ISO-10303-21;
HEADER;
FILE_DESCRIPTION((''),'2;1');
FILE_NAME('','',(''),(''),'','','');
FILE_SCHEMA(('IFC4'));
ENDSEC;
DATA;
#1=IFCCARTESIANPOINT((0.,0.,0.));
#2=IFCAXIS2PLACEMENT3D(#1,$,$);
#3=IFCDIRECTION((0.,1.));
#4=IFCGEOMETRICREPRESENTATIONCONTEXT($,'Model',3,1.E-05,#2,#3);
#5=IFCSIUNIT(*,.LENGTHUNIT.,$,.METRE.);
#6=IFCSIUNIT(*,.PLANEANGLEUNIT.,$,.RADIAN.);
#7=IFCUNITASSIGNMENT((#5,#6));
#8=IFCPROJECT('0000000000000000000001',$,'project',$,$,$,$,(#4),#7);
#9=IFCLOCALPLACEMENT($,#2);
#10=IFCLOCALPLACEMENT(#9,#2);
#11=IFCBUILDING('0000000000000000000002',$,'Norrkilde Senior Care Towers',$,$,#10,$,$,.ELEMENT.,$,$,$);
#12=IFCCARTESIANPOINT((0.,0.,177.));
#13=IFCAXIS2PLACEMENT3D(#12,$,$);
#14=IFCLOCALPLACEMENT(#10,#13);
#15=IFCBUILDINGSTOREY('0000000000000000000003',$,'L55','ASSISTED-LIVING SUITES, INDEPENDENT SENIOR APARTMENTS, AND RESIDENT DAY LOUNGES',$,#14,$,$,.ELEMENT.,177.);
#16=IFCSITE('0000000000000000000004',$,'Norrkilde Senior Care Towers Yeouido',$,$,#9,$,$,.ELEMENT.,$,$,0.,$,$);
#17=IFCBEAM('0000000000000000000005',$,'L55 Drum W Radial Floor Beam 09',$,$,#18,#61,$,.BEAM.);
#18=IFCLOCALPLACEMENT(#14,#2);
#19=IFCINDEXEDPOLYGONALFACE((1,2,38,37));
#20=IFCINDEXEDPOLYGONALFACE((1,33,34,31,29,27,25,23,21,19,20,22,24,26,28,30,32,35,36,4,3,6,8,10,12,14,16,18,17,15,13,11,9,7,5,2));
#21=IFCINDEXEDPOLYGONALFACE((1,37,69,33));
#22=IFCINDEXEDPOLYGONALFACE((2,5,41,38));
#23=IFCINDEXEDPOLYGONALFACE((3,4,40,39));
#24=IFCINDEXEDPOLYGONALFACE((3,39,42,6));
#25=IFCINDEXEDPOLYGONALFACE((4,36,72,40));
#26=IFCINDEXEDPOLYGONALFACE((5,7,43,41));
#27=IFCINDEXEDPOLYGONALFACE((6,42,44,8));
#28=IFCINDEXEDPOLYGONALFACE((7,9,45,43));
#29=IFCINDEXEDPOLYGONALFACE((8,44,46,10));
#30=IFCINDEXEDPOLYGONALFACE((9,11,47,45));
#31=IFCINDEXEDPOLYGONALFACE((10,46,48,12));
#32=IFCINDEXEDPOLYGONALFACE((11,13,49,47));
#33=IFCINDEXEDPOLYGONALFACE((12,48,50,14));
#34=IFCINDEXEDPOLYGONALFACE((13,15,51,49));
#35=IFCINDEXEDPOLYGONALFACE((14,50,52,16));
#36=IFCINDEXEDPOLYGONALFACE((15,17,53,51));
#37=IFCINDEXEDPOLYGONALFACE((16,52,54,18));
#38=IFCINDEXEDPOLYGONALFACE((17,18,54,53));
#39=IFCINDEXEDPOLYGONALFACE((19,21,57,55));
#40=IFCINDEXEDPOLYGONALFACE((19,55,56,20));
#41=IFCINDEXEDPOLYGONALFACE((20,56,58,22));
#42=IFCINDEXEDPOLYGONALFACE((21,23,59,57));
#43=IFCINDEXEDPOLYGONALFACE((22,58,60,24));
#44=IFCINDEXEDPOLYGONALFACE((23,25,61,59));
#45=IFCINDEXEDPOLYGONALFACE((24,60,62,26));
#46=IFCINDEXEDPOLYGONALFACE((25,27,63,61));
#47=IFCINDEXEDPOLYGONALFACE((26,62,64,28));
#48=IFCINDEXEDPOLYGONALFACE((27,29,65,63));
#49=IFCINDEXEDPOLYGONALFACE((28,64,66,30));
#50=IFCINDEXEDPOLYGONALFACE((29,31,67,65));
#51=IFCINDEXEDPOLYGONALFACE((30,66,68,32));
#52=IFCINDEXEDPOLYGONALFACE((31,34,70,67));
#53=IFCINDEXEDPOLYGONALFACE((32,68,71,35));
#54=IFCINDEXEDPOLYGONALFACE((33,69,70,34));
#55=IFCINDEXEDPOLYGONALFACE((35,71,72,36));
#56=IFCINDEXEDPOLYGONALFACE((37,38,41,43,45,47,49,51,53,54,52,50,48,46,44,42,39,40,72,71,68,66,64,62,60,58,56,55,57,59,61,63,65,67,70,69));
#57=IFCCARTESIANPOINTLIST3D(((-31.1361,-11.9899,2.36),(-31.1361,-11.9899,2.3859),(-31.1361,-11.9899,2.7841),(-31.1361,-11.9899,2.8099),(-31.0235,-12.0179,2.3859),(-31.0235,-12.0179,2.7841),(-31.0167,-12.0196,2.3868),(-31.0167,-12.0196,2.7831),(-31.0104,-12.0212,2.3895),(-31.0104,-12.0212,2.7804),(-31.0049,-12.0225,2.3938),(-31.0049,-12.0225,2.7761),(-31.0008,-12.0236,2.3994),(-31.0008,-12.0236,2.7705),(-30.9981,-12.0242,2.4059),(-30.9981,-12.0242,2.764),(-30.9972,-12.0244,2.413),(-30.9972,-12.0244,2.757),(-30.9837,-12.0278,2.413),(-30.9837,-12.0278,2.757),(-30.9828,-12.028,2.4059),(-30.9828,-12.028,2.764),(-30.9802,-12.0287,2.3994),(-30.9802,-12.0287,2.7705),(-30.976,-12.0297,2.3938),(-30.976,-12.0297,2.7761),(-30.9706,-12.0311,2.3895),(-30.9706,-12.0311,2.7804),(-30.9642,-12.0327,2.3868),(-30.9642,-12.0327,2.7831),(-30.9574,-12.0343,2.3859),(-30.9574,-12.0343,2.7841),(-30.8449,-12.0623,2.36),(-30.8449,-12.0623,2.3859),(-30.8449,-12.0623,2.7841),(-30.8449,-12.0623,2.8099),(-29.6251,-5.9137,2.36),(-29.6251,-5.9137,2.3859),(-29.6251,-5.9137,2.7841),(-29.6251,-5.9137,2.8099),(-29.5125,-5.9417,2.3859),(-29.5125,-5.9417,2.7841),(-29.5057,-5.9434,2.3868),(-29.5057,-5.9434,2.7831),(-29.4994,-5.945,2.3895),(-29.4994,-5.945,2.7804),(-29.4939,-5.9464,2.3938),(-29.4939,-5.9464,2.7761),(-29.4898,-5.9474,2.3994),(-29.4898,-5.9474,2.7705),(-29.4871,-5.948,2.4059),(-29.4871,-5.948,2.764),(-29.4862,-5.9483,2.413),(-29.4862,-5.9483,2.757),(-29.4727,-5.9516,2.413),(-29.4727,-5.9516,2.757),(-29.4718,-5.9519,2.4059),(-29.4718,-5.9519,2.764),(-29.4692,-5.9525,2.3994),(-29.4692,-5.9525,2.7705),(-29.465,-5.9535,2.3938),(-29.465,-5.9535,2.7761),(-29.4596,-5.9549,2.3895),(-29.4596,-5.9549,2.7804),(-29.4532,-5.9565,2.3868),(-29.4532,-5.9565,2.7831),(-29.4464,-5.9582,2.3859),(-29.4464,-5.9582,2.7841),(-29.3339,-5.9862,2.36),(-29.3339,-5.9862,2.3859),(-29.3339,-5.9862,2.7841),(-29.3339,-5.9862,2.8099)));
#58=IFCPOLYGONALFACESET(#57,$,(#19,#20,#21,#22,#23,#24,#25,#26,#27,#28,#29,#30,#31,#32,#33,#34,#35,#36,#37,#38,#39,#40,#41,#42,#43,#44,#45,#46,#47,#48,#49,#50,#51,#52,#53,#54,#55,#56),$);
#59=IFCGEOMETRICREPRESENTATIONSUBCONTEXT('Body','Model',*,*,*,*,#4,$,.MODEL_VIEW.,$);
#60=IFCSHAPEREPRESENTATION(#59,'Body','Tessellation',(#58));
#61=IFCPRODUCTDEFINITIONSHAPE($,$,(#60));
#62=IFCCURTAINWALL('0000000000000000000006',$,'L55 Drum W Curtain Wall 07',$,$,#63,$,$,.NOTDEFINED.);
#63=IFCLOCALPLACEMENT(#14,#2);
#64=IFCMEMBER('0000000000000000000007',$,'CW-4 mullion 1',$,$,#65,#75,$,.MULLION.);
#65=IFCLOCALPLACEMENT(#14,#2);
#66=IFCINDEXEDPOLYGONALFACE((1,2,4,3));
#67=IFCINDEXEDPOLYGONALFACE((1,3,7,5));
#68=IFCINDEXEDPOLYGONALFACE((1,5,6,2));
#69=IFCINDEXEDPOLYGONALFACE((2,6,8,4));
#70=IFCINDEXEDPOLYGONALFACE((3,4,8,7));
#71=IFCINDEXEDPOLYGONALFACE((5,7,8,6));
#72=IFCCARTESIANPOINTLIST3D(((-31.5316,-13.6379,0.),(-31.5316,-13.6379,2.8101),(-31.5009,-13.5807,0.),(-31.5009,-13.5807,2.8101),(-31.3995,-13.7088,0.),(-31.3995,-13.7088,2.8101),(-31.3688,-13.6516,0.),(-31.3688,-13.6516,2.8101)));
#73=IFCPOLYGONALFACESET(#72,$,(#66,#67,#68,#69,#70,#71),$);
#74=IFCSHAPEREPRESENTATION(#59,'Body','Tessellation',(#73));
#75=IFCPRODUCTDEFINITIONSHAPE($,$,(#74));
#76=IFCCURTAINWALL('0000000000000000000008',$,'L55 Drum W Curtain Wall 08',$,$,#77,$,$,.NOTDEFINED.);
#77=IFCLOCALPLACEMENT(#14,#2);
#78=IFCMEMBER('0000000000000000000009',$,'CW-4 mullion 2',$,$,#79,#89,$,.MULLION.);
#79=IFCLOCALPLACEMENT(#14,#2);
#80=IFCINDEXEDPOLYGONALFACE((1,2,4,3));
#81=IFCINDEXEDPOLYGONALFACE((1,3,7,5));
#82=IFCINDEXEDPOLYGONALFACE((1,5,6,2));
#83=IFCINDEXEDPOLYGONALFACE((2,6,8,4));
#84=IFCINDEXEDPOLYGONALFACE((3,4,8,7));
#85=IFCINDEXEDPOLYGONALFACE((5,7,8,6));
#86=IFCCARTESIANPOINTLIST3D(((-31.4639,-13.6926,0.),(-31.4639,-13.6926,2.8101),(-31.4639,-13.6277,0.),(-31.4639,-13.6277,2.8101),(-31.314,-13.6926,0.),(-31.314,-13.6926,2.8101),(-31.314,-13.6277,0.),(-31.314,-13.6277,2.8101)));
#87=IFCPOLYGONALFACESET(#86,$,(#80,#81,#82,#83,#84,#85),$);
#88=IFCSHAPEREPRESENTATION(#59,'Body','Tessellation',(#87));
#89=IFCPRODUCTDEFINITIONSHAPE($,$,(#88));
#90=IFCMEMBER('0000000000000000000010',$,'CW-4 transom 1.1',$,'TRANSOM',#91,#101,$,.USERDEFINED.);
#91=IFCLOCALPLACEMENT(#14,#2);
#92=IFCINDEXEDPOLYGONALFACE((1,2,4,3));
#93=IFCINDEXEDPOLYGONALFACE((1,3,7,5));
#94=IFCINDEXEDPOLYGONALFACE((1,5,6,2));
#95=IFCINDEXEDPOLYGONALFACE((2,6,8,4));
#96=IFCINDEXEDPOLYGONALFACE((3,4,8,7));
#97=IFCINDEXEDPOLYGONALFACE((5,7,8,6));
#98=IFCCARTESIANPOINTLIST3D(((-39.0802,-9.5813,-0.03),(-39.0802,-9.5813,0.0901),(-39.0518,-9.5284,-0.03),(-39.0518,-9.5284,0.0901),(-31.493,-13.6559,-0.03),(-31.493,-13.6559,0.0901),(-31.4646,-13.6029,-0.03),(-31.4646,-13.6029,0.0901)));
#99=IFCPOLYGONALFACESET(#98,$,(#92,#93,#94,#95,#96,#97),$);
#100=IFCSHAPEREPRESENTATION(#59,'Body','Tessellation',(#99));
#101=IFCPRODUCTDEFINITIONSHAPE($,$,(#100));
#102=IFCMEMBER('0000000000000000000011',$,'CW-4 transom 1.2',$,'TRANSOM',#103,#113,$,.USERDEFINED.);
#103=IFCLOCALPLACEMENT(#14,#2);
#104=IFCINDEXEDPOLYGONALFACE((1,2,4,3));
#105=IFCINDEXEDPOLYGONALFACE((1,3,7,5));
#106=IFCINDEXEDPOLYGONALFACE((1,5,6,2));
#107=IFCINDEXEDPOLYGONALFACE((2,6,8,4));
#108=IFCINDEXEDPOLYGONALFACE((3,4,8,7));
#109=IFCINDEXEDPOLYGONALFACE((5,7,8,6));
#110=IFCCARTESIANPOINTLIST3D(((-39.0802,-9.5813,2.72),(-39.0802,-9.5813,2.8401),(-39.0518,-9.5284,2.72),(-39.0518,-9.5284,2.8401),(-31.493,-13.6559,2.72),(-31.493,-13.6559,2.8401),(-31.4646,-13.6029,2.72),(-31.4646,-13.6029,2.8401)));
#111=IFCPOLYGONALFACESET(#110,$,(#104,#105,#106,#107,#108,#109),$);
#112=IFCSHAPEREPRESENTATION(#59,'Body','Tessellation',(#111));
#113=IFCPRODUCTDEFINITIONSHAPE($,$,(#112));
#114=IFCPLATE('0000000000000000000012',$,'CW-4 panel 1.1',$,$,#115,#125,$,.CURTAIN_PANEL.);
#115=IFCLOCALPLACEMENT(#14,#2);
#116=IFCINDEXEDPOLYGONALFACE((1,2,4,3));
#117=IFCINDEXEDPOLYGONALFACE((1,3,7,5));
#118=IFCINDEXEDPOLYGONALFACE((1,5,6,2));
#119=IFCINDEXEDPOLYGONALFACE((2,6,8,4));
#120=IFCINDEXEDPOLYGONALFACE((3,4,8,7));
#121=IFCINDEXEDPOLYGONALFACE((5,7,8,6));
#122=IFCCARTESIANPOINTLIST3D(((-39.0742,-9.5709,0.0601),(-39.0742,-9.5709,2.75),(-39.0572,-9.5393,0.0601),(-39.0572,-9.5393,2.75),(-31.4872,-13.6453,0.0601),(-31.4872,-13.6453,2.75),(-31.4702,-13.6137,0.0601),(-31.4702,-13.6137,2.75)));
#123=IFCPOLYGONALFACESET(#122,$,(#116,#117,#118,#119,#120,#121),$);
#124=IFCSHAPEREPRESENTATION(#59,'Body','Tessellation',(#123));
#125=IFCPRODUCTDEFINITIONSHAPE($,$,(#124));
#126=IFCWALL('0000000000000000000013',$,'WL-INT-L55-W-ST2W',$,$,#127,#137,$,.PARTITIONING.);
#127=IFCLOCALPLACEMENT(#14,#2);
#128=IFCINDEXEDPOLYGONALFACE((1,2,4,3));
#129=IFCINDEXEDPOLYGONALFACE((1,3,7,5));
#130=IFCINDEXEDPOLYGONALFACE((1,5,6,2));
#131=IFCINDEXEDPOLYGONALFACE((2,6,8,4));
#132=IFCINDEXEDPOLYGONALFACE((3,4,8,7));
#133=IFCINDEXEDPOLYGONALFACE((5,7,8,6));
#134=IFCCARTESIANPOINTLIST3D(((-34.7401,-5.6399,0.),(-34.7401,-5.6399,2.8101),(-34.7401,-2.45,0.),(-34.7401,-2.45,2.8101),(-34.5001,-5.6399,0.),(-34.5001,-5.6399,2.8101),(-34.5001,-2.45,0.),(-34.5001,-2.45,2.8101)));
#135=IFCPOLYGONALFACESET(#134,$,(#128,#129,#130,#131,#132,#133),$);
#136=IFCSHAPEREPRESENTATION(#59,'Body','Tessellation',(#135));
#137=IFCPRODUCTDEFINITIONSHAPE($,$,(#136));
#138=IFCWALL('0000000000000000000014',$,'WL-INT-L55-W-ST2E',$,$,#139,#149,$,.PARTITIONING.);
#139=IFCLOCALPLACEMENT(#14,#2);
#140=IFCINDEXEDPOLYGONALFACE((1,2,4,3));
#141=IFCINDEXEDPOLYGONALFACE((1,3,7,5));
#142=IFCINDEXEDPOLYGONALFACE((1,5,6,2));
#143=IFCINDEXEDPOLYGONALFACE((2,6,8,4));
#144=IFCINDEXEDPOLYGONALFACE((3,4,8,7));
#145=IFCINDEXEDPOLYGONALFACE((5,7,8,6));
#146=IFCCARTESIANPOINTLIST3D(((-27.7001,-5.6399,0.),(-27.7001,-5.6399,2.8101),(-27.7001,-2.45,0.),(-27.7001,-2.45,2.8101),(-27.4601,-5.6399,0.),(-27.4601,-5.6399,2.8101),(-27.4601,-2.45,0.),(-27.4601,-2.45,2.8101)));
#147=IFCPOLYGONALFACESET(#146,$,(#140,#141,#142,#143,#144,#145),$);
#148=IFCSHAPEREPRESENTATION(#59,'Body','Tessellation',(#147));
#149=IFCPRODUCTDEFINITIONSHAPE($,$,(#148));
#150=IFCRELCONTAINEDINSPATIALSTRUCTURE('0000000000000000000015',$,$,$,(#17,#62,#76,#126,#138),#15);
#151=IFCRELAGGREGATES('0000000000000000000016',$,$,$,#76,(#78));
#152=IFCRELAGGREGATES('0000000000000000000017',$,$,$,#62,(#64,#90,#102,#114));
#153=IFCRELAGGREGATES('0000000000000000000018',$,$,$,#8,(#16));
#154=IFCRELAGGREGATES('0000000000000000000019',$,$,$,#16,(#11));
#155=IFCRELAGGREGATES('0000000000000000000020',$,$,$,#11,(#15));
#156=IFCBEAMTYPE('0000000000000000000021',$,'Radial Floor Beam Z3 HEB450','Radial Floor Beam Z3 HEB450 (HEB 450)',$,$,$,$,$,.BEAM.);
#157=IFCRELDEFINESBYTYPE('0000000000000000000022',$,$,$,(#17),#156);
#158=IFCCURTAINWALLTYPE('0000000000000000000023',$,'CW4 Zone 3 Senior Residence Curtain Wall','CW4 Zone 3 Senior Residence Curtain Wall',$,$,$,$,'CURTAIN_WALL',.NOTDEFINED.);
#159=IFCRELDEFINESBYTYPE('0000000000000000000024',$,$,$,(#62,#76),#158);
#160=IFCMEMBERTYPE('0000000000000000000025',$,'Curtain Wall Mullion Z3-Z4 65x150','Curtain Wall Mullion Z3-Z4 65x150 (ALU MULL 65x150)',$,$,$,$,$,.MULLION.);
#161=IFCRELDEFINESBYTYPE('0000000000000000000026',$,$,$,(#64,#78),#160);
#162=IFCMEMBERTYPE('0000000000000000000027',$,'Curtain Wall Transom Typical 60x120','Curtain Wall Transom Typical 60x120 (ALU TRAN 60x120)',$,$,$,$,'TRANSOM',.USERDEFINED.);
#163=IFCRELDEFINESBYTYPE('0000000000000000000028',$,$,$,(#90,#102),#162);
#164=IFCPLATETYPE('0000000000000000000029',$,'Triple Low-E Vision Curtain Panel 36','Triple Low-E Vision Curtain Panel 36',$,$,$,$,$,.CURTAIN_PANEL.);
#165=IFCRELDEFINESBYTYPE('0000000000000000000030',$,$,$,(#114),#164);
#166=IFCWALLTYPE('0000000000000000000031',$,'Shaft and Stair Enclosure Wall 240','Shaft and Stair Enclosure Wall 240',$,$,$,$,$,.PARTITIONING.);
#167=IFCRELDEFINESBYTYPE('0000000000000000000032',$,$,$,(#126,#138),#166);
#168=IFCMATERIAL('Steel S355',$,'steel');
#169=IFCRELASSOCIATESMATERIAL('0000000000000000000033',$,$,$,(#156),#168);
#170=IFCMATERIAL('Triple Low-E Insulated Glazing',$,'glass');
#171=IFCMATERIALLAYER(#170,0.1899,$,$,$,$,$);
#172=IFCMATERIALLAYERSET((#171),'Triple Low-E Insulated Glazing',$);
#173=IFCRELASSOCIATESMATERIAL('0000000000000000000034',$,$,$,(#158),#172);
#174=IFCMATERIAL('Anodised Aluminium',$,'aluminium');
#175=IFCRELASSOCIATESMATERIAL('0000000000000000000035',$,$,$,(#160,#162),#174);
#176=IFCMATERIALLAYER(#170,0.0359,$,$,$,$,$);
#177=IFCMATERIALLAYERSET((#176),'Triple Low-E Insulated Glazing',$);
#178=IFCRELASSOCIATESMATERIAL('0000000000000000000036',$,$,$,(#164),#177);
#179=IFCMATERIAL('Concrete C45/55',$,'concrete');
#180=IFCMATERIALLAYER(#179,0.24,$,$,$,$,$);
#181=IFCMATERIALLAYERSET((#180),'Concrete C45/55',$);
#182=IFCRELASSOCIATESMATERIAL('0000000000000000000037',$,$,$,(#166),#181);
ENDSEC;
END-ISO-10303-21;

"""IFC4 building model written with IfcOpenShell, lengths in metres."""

from ifc_helpers import new_model, si_unit, direction, frame, frame_2d, origin, origin_2d, place, context, subcontext, project, spatial, rectangle, i_section, extrude, source, transform, mapped, material, layer, layer_set, material_profile, profile_set, type_object, type_shapes, element, aggregate, save


model = new_model("IFC4")

# Units and contexts
model_context = context("Model", 3, precision=1e-05, world=origin(), true_north=direction((0.0, 1.0)))
body_context = subcontext(model_context, "Body", "Model", "MODEL_VIEW")
ifc_project = project(units=[si_unit("LENGTHUNIT", "METRE"), si_unit("PLANEANGLEUNIT", "RADIAN")], contexts=[model_context])

# Site, building, storey
site_placement = place(None, origin())
site = spatial("IfcSite", under=ifc_project, at=site_placement, Name="Norrkilde Senior Care Towers Yeouido", CompositionType="ELEMENT", RefElevation=0.0)
building_placement = place(site_placement, origin())
building = spatial("IfcBuilding", under=site, at=building_placement, Name="Norrkilde Senior Care Towers", CompositionType="ELEMENT")
storey_placement = place(building_placement, frame((0.0, 0.0, 177.0)))
storey = spatial("IfcBuildingStorey", under=building, at=storey_placement, Name="L55", Description="ASSISTED-LIVING SUITES, INDEPENDENT SENIOR APARTMENTS, AND RESIDENT DAY LOUNGES", CompositionType="ELEMENT", Elevation=177.0)

# Beam
ifc_material_1 = material(Name="Steel S355", Category="steel")
ifc_material_profile_1 = material_profile(ifc_material_1, i_section(OverallWidth=0.3, OverallDepth=0.45, WebThickness=0.0139, FlangeThickness=0.0259, FilletRadius=0.0271, at=origin_2d()), Name="HEB 450")
ifc_profile_set_1 = profile_set([ifc_material_profile_1], Name="Steel S355")
beam_type_1 = type_object("IfcBeamType", Name="Radial Floor Beam Z3 HEB450", Description="Radial Floor Beam Z3 HEB450 (HEB 450)", PredefinedType="BEAM", material=ifc_profile_set_1)
shared_shape_1 = source(origin(), body_context, "Body", "SweptSolid", [
    extrude(i_section(OverallWidth=0.3, OverallDepth=0.45, WebThickness=0.0139, FlangeThickness=0.0259, FilletRadius=0.0271, at=origin_2d()), origin(), (0.0, 0.0, 1.0), 6.2612),
])
beam_1_placement = place(storey_placement, frame((-29.4795, -5.95, 2.585), z_axis=(-0.241324, -0.970445, 0.0), x_axis=(0.970445, -0.241324, 0.0)))
element("IfcBeam", 1, at=beam_1_placement, inside=storey, type_object=beam_type_1, Name="L55 Drum W Radial Floor Beam 09", PredefinedType="BEAM", context=body_context, shape_type="MappedRepresentation", body=[
    mapped(shared_shape_1, transform((0.0, 0.0, 0.0), x_axis=(1.0, 0.0, 0.0), y_axis=(0.0, 1.0, 0.0), z_axis=(0.0, 0.0, 1.0), scale=1.0)),
])

# Curtain walls, members
ifc_material_2 = material(Name="Triple Low-E Insulated Glazing", Category="glass")
ifc_layer_1 = layer(ifc_material_2, 0.1899)
ifc_layer_set_1 = layer_set([ifc_layer_1], Name="Triple Low-E Insulated Glazing")
curtain_wall_type = type_object("IfcCurtainWallType", Name="CW4 Zone 3 Senior Residence Curtain Wall", Description="CW4 Zone 3 Senior Residence Curtain Wall", ElementType="CURTAIN_WALL", PredefinedType="NOTDEFINED", material=ifc_layer_set_1)
curtain_wall_1_placement = place(storey_placement, origin())
curtain_wall_1 = element("IfcCurtainWall", 2, at=curtain_wall_1_placement, inside=storey, type_object=curtain_wall_type, Name="L55 Drum W Curtain Wall 07", PredefinedType="NOTDEFINED")
ifc_material_3 = material(Name="Anodised Aluminium", Category="aluminium")
ifc_material_profile_2 = material_profile(ifc_material_3, rectangle(XDim=0.0649, YDim=0.1499, at=origin_2d()), Name="ALU MULL 65x150")
ifc_profile_set_2 = profile_set([ifc_material_profile_2], Name="Anodised Aluminium")
member_type_1 = type_object("IfcMemberType", Name="Curtain Wall Mullion Z3-Z4 65x150", Description="Curtain Wall Mullion Z3-Z4 65x150 (ALU MULL 65x150)", PredefinedType="MULLION", material=ifc_profile_set_2)
shared_shape_2 = source(origin(), body_context, "Body", "SweptSolid", [
    extrude(rectangle(XDim=0.0649, YDim=0.1499, at=origin_2d()), origin(), (0.0, 0.0, 1.0), 2.8101),
])
type_shapes(member_type_1, [shared_shape_2])
member_1_placement = place(storey_placement, frame((-31.4502, -13.6448, 0.0), z_axis=(0.0, 0.0, 1.0), x_axis=(-0.473117, -0.881, 0.0)))
member_1 = element("IfcMember", 3, at=member_1_placement, type_object=member_type_1, Name="CW-4 mullion 1", PredefinedType="MULLION", context=body_context, shape_type="MappedRepresentation", body=[
    mapped(shared_shape_2, transform((0.0, 0.0, 0.0), x_axis=(1.0, 0.0, 0.0), y_axis=(0.0, 1.0, 0.0), z_axis=(0.0, 0.0, 1.0), scale=1.0)),
])
curtain_wall_2_placement = place(storey_placement, origin())
curtain_wall_2 = element("IfcCurtainWall", 4, at=curtain_wall_2_placement, inside=storey, type_object=curtain_wall_type, Name="L55 Drum W Curtain Wall 08", PredefinedType="NOTDEFINED")
member_2_placement = place(storey_placement, frame((-31.3889, -13.6602, 0.0), z_axis=(0.0, 0.0, 1.0), x_axis=(0.0, -1.0, 0.0)))
member_2 = element("IfcMember", 5, at=member_2_placement, type_object=member_type_1, Name="CW-4 mullion 2", PredefinedType="MULLION", context=body_context, shape_type="MappedRepresentation", body=[
    mapped(shared_shape_2, transform((0.0, 0.0, 0.0), x_axis=(1.0, 0.0, 0.0), y_axis=(0.0, 1.0, 0.0), z_axis=(0.0, 0.0, 1.0), scale=1.0)),
])
aggregate(curtain_wall_2, [member_2])

# Members
ifc_material_profile_3 = material_profile(ifc_material_3, rectangle(XDim=0.0601, YDim=0.1201, at=origin_2d()), Name="ALU TRAN 60x120")
ifc_profile_set_3 = profile_set([ifc_material_profile_3], Name="Anodised Aluminium")
member_type_2 = type_object("IfcMemberType", Name="Curtain Wall Transom Typical 60x120", Description="Curtain Wall Transom Typical 60x120 (ALU TRAN 60x120)", ElementType="TRANSOM", PredefinedType="USERDEFINED", material=ifc_profile_set_3)
shared_shape_3 = source(origin(), body_context, "Body", "SweptSolid", [
    extrude(rectangle(XDim=0.0601, YDim=0.1201, at=origin_2d()), origin(), (0.0, 0.0, 1.0), 8.6121),
])
type_shapes(member_type_2, [shared_shape_3])
member_3_placement = place(storey_placement, frame((-31.4788, -13.6294, 0.03), z_axis=(-0.881, 0.473116, 0.0), x_axis=(-0.473116, -0.881, 0.0)))
member_3 = element("IfcMember", 6, at=member_3_placement, type_object=member_type_2, Name="CW-4 transom 1.1", ObjectType="TRANSOM", PredefinedType="USERDEFINED", context=body_context, shape_type="MappedRepresentation", body=[
    mapped(shared_shape_3, transform((0.0, 0.0, 0.0), x_axis=(1.0, 0.0, 0.0), y_axis=(0.0, 1.0, 0.0), z_axis=(0.0, 0.0, 1.0), scale=1.0)),
])
member_4_placement = place(storey_placement, frame((-31.4788, -13.6294, 2.78), z_axis=(-0.881, 0.473116, 0.0), x_axis=(-0.473116, -0.881, 0.0)))
member_4 = element("IfcMember", 7, at=member_4_placement, type_object=member_type_2, Name="CW-4 transom 1.2", ObjectType="TRANSOM", PredefinedType="USERDEFINED", context=body_context, shape_type="MappedRepresentation", body=[
    mapped(shared_shape_3, transform((0.0, 0.0, 0.0), x_axis=(1.0, 0.0, 0.0), y_axis=(0.0, 1.0, 0.0), z_axis=(0.0, 0.0, 1.0), scale=1.0)),
])

# Plate
ifc_layer_2 = layer(ifc_material_2, 0.0359)
ifc_layer_set_2 = layer_set([ifc_layer_2], Name="Triple Low-E Insulated Glazing")
plate_type = type_object("IfcPlateType", Name="Triple Low-E Vision Curtain Panel 36", Description="Triple Low-E Vision Curtain Panel 36", PredefinedType="CURTAIN_PANEL", material=ifc_layer_set_2)
shared_shape_4 = source(origin(), body_context, "Body", "SweptSolid", [
    extrude(rectangle(XDim=8.6118, YDim=0.0359, at=origin_2d()), origin(), (0.0, 0.0, 1.0), 2.6899),
])
type_shapes(plate_type, [shared_shape_4])
plate_placement = place(storey_placement, frame((-35.2722, -11.5923, 0.0601), z_axis=(0.0, 0.0, 1.0), x_axis=(-0.881, 0.473117, 0.0)))
plate = element("IfcPlate", 8, at=plate_placement, type_object=plate_type, Name="CW-4 panel 1.1", PredefinedType="CURTAIN_PANEL", context=body_context, shape_type="MappedRepresentation", body=[
    mapped(shared_shape_4, transform((0.0, 0.0, 0.0), x_axis=(1.0, 0.0, 0.0), y_axis=(0.0, 1.0, 0.0), z_axis=(0.0, 0.0, 1.0), scale=1.0)),
])
aggregate(curtain_wall_1, [member_1, member_3, member_4, plate])

# Walls
ifc_material_4 = material(Name="Concrete C45/55", Category="concrete")
ifc_layer_3 = layer(ifc_material_4, 0.24)
ifc_layer_set_3 = layer_set([ifc_layer_3], Name="Concrete C45/55")
wall_type_1 = type_object("IfcWallType", Name="Shaft and Stair Enclosure Wall 240", Description="Shaft and Stair Enclosure Wall 240", PredefinedType="PARTITIONING", material=ifc_layer_set_3)
shared_shape_5 = source(origin(), body_context, "Body", "SweptSolid", [
    extrude(rectangle(XDim=3.1899, YDim=0.24, at=frame_2d((1.595, 0.0))), origin(), (0.0, 0.0, 1.0), 2.8101),
])
type_shapes(wall_type_1, [shared_shape_5])
for number, where, z_axis, x_axis, name in (
    (9, (-34.6201, -5.6399, 0.0), (0.0, 0.0, 1.0), (0.0, 1.0, 0.0), "WL-INT-L55-W-ST2W"),
    (10, (-27.5801, -5.6399, 0.0), (0.0, 0.0, 1.0), (0.0, 1.0, 0.0), "WL-INT-L55-W-ST2E"),
):
    element("IfcWall", number, at=place(storey_placement, frame(where, z_axis=z_axis, x_axis=x_axis)), inside=storey, type_object=wall_type_1, Name=name, PredefinedType="PARTITIONING", context=body_context, shape_type="MappedRepresentation", body=[
        mapped(shared_shape_5, transform((0.0, 0.0, 0.0), x_axis=(1.0, 0.0, 0.0), y_axis=(0.0, 1.0, 0.0), z_axis=(0.0, 0.0, 1.0), scale=1.0)),
    ])

save(model, "model.ifc")
